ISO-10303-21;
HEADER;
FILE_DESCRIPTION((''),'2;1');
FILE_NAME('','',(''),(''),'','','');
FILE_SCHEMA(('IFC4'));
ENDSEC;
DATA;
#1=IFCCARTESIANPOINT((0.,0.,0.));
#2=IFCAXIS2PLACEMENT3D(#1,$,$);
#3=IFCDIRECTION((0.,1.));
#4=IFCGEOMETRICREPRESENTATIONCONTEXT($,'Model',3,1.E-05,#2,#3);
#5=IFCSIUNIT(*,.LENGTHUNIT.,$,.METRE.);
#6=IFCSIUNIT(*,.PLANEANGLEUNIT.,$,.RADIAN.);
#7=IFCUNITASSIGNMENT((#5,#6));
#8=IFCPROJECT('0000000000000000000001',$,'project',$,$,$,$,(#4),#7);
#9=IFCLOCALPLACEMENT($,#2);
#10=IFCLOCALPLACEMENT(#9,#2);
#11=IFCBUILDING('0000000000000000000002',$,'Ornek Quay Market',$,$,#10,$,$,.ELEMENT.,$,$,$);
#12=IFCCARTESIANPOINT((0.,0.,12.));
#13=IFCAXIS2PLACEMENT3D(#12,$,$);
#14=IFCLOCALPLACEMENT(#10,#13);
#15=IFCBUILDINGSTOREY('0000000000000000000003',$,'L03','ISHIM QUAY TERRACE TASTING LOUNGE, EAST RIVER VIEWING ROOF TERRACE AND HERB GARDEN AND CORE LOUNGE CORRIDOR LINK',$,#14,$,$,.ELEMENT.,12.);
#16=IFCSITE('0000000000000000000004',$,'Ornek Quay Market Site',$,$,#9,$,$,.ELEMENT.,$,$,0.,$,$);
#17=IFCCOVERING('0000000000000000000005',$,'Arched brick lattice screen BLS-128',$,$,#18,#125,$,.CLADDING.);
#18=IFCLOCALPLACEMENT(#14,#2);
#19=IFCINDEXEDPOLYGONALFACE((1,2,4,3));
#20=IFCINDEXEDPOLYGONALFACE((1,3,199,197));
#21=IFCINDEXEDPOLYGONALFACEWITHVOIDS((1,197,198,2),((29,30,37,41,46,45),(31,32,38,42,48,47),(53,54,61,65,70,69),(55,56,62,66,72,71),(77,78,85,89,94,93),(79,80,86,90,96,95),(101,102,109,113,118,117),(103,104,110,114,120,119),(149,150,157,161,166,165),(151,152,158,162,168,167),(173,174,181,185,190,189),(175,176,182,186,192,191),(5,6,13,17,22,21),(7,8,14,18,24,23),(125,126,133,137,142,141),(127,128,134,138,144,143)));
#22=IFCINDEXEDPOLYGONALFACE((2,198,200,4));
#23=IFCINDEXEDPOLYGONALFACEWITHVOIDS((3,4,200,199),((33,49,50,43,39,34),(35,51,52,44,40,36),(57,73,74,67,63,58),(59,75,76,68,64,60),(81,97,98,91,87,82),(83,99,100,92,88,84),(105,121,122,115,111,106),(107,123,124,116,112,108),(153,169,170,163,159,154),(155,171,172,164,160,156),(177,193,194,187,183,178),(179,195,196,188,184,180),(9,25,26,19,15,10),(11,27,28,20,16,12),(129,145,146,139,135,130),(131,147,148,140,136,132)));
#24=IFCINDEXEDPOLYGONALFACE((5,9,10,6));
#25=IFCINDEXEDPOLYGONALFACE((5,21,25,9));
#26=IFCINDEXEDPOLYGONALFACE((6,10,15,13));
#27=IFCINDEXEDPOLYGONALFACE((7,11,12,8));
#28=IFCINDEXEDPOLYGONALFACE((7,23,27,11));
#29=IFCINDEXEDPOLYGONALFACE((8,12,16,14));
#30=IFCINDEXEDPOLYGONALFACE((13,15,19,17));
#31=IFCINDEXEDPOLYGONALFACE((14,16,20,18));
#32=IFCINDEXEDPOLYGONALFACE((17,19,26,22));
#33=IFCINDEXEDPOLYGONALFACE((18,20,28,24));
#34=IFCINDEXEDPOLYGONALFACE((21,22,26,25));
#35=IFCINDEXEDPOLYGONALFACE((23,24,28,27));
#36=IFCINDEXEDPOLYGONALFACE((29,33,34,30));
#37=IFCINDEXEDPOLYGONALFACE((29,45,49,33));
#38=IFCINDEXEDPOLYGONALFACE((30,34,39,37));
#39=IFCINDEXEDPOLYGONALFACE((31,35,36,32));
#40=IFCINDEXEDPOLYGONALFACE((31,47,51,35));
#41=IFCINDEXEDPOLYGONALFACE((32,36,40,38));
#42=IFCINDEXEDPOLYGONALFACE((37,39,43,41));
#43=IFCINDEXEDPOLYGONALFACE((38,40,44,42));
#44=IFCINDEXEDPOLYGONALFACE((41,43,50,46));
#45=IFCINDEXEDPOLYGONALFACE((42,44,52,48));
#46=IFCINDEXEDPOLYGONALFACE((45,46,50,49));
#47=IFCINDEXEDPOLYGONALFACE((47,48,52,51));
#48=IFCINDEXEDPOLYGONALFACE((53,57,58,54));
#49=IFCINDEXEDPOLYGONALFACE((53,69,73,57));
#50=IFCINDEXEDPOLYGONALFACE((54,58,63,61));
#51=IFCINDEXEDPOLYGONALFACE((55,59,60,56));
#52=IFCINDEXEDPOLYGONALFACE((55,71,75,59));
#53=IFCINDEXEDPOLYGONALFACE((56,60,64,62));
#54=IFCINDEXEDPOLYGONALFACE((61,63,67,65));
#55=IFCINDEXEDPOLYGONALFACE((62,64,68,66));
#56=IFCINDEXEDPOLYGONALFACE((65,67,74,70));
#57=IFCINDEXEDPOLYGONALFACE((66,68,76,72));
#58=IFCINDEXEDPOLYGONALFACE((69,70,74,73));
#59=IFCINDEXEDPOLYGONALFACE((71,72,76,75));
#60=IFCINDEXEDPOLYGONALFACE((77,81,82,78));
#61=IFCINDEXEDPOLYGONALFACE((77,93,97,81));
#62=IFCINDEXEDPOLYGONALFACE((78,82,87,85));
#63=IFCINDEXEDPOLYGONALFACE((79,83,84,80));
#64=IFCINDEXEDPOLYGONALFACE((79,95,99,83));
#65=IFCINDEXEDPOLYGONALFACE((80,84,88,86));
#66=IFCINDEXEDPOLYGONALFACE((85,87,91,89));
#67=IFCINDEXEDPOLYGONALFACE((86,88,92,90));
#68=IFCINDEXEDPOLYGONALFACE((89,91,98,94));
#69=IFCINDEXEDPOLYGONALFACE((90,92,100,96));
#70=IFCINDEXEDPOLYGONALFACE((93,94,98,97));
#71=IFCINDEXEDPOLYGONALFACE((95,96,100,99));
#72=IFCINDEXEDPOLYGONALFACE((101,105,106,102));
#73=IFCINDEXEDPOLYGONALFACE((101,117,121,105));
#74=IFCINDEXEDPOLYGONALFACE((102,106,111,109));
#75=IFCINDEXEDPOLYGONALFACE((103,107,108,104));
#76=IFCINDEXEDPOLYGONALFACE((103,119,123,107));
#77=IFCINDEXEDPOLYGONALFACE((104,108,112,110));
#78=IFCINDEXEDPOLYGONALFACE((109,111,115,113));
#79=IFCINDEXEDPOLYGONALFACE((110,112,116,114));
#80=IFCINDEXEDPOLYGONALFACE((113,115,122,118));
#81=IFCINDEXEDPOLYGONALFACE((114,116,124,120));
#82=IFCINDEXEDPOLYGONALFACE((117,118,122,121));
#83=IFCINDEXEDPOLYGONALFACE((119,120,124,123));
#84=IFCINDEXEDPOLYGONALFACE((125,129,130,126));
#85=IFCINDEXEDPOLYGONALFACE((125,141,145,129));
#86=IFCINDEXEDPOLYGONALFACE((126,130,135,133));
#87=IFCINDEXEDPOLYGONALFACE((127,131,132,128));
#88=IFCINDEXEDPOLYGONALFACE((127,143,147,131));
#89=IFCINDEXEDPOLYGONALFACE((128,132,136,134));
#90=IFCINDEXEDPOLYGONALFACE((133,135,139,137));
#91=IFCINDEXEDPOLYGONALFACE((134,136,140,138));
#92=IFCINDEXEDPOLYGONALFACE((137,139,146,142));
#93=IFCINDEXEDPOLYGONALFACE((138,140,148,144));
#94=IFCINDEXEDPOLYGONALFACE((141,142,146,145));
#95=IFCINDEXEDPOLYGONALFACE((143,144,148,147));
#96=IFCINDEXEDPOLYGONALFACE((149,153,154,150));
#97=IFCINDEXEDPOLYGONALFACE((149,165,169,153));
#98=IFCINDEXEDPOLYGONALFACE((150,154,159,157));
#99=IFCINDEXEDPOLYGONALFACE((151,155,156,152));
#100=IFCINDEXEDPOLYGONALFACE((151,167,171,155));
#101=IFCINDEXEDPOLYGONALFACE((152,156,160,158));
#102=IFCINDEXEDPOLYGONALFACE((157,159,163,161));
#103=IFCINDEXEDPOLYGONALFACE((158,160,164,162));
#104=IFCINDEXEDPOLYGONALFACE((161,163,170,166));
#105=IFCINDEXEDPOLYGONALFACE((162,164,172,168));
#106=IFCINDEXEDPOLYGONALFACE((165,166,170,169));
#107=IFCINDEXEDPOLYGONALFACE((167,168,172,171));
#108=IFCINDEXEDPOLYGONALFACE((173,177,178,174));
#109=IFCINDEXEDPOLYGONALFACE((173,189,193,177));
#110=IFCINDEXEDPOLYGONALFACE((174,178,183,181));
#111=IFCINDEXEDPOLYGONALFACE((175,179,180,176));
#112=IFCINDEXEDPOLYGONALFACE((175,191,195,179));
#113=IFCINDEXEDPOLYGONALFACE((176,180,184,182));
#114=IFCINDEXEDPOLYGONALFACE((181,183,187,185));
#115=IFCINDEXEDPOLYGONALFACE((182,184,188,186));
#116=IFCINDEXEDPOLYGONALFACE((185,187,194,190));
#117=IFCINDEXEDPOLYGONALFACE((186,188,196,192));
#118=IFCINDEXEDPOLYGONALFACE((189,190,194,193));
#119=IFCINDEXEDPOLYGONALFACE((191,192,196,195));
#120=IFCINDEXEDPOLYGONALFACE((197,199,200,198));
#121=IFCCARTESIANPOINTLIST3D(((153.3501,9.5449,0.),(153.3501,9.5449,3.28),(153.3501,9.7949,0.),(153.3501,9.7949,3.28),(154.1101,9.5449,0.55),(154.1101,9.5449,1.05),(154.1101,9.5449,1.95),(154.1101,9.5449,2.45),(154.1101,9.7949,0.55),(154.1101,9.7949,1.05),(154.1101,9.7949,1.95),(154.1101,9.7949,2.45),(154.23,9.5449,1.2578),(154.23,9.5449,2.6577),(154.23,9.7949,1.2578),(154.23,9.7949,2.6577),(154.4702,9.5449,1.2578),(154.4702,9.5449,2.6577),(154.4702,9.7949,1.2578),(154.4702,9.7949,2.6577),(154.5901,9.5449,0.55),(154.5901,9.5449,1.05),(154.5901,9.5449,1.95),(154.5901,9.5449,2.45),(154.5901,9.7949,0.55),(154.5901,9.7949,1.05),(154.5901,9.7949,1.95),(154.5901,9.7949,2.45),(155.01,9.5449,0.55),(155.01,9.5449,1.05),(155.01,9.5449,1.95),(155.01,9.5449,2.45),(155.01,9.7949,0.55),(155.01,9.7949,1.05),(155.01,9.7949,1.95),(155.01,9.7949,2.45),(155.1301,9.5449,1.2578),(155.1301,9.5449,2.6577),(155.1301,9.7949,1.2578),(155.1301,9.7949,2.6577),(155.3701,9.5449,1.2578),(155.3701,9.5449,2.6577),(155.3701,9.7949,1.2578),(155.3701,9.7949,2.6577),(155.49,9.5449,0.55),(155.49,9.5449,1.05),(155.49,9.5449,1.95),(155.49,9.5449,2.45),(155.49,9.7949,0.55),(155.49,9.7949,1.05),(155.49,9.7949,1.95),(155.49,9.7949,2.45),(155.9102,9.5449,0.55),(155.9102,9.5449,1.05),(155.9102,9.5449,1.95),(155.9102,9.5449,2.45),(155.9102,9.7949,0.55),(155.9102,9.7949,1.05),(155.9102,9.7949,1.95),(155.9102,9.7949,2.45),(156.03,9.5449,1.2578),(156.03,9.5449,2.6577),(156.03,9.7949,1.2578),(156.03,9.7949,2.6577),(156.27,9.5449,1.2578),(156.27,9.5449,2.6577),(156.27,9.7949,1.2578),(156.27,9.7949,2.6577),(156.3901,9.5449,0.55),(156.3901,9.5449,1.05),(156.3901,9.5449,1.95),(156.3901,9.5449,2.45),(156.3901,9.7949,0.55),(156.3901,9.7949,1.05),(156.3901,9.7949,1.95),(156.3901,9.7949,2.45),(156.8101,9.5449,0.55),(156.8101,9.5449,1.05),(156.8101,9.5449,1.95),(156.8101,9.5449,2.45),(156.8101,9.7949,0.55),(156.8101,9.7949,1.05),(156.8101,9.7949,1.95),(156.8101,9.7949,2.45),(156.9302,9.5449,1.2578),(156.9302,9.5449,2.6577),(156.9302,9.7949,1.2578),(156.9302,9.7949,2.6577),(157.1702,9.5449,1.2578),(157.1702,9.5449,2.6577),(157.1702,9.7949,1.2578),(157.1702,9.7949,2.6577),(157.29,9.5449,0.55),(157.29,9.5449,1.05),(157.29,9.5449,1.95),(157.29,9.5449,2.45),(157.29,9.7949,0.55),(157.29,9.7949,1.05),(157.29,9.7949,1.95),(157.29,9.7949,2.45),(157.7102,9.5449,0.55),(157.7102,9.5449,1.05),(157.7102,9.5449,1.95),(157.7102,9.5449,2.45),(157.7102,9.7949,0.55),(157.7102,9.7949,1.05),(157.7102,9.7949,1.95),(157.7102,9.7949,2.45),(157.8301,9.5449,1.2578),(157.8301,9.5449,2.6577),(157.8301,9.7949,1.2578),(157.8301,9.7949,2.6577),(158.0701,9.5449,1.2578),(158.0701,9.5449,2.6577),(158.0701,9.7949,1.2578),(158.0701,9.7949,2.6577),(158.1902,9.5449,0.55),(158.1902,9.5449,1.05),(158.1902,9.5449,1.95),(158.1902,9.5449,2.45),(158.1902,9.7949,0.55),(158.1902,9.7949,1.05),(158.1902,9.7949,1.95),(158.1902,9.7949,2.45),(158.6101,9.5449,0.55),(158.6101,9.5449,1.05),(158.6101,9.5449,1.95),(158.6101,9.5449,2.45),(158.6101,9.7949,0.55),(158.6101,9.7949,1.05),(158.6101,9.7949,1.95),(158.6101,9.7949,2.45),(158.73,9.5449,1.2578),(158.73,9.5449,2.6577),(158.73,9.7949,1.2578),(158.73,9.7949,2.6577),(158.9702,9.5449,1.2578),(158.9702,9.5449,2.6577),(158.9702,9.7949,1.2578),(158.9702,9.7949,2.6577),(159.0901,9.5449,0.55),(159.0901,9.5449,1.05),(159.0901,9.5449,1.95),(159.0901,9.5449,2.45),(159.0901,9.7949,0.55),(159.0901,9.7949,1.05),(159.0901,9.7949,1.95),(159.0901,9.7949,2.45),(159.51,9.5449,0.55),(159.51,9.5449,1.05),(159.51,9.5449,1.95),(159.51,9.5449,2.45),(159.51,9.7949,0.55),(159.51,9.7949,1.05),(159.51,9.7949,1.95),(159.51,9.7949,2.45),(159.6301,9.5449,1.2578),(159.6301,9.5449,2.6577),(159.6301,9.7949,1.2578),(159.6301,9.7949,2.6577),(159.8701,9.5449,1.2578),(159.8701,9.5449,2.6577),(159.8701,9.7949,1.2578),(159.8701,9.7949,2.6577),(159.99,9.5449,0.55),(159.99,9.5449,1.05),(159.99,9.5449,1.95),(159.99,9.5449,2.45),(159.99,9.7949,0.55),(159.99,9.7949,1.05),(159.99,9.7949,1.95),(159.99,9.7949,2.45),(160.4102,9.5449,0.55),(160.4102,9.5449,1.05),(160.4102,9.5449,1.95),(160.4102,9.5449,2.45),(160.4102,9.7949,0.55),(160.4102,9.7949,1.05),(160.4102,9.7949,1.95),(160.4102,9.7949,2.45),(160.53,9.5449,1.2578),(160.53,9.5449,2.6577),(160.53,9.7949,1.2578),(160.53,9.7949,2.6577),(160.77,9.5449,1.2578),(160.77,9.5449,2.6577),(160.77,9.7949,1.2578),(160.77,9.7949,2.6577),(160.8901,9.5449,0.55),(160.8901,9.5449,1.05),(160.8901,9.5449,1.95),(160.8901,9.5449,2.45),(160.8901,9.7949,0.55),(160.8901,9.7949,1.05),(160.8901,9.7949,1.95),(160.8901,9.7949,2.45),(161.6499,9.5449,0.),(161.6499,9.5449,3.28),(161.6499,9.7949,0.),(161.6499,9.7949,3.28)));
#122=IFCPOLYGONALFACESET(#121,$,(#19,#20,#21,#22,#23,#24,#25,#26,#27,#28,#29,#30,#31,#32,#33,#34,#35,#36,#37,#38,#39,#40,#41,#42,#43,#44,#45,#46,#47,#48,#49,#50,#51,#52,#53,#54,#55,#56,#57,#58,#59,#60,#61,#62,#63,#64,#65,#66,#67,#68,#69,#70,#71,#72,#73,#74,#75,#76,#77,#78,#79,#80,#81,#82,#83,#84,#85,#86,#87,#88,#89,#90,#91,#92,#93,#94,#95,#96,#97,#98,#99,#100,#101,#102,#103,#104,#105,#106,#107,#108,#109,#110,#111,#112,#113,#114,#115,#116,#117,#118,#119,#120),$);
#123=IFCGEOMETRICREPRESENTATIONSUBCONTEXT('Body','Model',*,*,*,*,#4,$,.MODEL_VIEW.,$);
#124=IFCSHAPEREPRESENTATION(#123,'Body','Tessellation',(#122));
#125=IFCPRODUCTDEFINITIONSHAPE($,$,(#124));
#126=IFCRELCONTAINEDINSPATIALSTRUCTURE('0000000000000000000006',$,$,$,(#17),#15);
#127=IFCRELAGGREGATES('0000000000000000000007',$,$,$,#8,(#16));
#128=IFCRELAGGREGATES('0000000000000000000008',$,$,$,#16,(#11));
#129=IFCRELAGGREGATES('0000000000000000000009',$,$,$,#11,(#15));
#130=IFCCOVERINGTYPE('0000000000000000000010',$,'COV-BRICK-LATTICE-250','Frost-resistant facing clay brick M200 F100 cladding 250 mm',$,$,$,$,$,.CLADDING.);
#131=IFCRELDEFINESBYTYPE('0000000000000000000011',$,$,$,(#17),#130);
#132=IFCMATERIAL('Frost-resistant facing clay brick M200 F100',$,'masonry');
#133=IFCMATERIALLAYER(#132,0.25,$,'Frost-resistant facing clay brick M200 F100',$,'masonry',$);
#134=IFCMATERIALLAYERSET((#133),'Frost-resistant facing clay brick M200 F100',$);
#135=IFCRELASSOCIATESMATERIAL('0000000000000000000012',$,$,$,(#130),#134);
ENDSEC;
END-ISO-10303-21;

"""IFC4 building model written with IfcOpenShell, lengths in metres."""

from ifc_helpers import new_model, si_unit, direction, frame, origin, place, context, subcontext, project, spatial, polyline, outline, extrude, material, layer, layer_set, type_object, element, save


model = new_model("IFC4")

# Units and contexts
model_context = context("Model", 3, precision=1e-05, world=origin(), true_north=direction((0.0, 1.0)))
body_context = subcontext(model_context, "Body", "Model", "MODEL_VIEW")
ifc_project = project(units=[si_unit("LENGTHUNIT", "METRE"), si_unit("PLANEANGLEUNIT", "RADIAN")], contexts=[model_context])

# Site, building, storey
site_placement = place(None, origin())
site = spatial("IfcSite", under=ifc_project, at=site_placement, Name="Ornek Quay Market Site", CompositionType="ELEMENT", RefElevation=0.0)
building_placement = place(site_placement, origin())
building = spatial("IfcBuilding", under=site, at=building_placement, Name="Ornek Quay Market", CompositionType="ELEMENT")
storey_placement = place(building_placement, frame((0.0, 0.0, 12.0)))
storey = spatial("IfcBuildingStorey", under=building, at=storey_placement, Name="L03", Description="ISHIM QUAY TERRACE TASTING LOUNGE, EAST RIVER VIEWING ROOF TERRACE AND HERB GARDEN AND CORE LOUNGE CORRIDOR LINK", CompositionType="ELEMENT", Elevation=12.0)

# Shared definitions
ifc_material_1 = material(Name="Frost-resistant facing clay brick M200 F100", Category="masonry")

# Covering
ifc_layer_1 = layer(ifc_material_1, 0.25, Name="Frost-resistant facing clay brick M200 F100", Category="masonry")
ifc_layer_set_1 = layer_set([ifc_layer_1], Name="Frost-resistant facing clay brick M200 F100")
covering_type = type_object("IfcCoveringType", Name="COV-BRICK-LATTICE-250", Description="Frost-resistant facing clay brick M200 F100 cladding 250 mm", PredefinedType="CLADDING", material=ifc_layer_set_1)
covering_1_placement = place(storey_placement, frame((153.3501, 9.6699, 0.0), z_axis=(0.0, 0.0, 1.0), x_axis=(1.0, 0.0, 0.0)))
element("IfcCovering", 1, at=covering_1_placement, inside=storey, type_object=covering_type, Name="Arched brick lattice screen BLS-128", PredefinedType="CLADDING", context=body_context, shape_type="SweptSolid", body=[
    extrude(outline(polyline([(0.0, 0.0), (8.2998, 0.0), (8.2998, 3.28), (0.0, 3.28), (0.0, 0.0)]), holes=[polyline([(0.76, 0.55), (1.24, 0.55), (1.24, 1.05), (1.1201, 1.2578), (0.8799, 1.2578), (0.76, 1.05), (0.76, 0.55)]), polyline([(0.76, 1.95), (1.24, 1.95), (1.24, 2.45), (1.1201, 2.6577), (0.8799, 2.6577), (0.76, 2.45), (0.76, 1.95)]), polyline([(1.6599, 0.55), (2.1399, 0.55), (2.1399, 1.05), (2.02, 1.2578), (1.78, 1.2578), (1.6599, 1.05), (1.6599, 0.55)]), polyline([(1.6599, 1.95), (2.1399, 1.95), (2.1399, 2.45), (2.02, 2.6577), (1.78, 2.6577), (1.6599, 2.45), (1.6599, 1.95)]), polyline([(2.5601, 0.55), (3.04, 0.55), (3.04, 1.05), (2.9199, 1.2578), (2.6799, 1.2578), (2.5601, 1.05), (2.5601, 0.55)]), polyline([(2.5601, 1.95), (3.04, 1.95), (3.04, 2.45), (2.9199, 2.6577), (2.6799, 2.6577), (2.5601, 2.45), (2.5601, 1.95)]), polyline([(3.46, 0.55), (3.9399, 0.55), (3.9399, 1.05), (3.8201, 1.2578), (3.5801, 1.2578), (3.46, 1.05), (3.46, 0.55)]), polyline([(3.46, 1.95), (3.9399, 1.95), (3.9399, 2.45), (3.8201, 2.6577), (3.5801, 2.6577), (3.46, 2.45), (3.46, 1.95)]), polyline([(4.3601, 0.55), (4.8401, 0.55), (4.8401, 1.05), (4.72, 1.2578), (4.48, 1.2578), (4.3601, 1.05), (4.3601, 0.55)]), polyline([(4.3601, 1.95), (4.8401, 1.95), (4.8401, 2.45), (4.72, 2.6577), (4.48, 2.6577), (4.3601, 2.45), (4.3601, 1.95)]), polyline([(5.26, 0.55), (5.74, 0.55), (5.74, 1.05), (5.6201, 1.2578), (5.3799, 1.2578), (5.26, 1.05), (5.26, 0.55)]), polyline([(5.26, 1.95), (5.74, 1.95), (5.74, 2.45), (5.6201, 2.6577), (5.3799, 2.6577), (5.26, 2.45), (5.26, 1.95)]), polyline([(6.1599, 0.55), (6.6399, 0.55), (6.6399, 1.05), (6.52, 1.2578), (6.28, 1.2578), (6.1599, 1.05), (6.1599, 0.55)]), polyline([(6.1599, 1.95), (6.6399, 1.95), (6.6399, 2.45), (6.52, 2.6577), (6.28, 2.6577), (6.1599, 2.45), (6.1599, 1.95)]), polyline([(7.0601, 0.55), (7.54, 0.55), (7.54, 1.05), (7.4199, 1.2578), (7.1799, 1.2578), (7.0601, 1.05), (7.0601, 0.55)]), polyline([(7.0601, 1.95), (7.54, 1.95), (7.54, 2.45), (7.4199, 2.6577), (7.1799, 2.6577), (7.0601, 2.45), (7.0601, 1.95)])]), frame((0.0, 0.125, 0.0), z_axis=(0.0, -1.0, 0.0), x_axis=(1.0, 0.0, 0.0)), (0.0, 0.0, 1.0), 0.25),
])

save(model, "model.ifc")
